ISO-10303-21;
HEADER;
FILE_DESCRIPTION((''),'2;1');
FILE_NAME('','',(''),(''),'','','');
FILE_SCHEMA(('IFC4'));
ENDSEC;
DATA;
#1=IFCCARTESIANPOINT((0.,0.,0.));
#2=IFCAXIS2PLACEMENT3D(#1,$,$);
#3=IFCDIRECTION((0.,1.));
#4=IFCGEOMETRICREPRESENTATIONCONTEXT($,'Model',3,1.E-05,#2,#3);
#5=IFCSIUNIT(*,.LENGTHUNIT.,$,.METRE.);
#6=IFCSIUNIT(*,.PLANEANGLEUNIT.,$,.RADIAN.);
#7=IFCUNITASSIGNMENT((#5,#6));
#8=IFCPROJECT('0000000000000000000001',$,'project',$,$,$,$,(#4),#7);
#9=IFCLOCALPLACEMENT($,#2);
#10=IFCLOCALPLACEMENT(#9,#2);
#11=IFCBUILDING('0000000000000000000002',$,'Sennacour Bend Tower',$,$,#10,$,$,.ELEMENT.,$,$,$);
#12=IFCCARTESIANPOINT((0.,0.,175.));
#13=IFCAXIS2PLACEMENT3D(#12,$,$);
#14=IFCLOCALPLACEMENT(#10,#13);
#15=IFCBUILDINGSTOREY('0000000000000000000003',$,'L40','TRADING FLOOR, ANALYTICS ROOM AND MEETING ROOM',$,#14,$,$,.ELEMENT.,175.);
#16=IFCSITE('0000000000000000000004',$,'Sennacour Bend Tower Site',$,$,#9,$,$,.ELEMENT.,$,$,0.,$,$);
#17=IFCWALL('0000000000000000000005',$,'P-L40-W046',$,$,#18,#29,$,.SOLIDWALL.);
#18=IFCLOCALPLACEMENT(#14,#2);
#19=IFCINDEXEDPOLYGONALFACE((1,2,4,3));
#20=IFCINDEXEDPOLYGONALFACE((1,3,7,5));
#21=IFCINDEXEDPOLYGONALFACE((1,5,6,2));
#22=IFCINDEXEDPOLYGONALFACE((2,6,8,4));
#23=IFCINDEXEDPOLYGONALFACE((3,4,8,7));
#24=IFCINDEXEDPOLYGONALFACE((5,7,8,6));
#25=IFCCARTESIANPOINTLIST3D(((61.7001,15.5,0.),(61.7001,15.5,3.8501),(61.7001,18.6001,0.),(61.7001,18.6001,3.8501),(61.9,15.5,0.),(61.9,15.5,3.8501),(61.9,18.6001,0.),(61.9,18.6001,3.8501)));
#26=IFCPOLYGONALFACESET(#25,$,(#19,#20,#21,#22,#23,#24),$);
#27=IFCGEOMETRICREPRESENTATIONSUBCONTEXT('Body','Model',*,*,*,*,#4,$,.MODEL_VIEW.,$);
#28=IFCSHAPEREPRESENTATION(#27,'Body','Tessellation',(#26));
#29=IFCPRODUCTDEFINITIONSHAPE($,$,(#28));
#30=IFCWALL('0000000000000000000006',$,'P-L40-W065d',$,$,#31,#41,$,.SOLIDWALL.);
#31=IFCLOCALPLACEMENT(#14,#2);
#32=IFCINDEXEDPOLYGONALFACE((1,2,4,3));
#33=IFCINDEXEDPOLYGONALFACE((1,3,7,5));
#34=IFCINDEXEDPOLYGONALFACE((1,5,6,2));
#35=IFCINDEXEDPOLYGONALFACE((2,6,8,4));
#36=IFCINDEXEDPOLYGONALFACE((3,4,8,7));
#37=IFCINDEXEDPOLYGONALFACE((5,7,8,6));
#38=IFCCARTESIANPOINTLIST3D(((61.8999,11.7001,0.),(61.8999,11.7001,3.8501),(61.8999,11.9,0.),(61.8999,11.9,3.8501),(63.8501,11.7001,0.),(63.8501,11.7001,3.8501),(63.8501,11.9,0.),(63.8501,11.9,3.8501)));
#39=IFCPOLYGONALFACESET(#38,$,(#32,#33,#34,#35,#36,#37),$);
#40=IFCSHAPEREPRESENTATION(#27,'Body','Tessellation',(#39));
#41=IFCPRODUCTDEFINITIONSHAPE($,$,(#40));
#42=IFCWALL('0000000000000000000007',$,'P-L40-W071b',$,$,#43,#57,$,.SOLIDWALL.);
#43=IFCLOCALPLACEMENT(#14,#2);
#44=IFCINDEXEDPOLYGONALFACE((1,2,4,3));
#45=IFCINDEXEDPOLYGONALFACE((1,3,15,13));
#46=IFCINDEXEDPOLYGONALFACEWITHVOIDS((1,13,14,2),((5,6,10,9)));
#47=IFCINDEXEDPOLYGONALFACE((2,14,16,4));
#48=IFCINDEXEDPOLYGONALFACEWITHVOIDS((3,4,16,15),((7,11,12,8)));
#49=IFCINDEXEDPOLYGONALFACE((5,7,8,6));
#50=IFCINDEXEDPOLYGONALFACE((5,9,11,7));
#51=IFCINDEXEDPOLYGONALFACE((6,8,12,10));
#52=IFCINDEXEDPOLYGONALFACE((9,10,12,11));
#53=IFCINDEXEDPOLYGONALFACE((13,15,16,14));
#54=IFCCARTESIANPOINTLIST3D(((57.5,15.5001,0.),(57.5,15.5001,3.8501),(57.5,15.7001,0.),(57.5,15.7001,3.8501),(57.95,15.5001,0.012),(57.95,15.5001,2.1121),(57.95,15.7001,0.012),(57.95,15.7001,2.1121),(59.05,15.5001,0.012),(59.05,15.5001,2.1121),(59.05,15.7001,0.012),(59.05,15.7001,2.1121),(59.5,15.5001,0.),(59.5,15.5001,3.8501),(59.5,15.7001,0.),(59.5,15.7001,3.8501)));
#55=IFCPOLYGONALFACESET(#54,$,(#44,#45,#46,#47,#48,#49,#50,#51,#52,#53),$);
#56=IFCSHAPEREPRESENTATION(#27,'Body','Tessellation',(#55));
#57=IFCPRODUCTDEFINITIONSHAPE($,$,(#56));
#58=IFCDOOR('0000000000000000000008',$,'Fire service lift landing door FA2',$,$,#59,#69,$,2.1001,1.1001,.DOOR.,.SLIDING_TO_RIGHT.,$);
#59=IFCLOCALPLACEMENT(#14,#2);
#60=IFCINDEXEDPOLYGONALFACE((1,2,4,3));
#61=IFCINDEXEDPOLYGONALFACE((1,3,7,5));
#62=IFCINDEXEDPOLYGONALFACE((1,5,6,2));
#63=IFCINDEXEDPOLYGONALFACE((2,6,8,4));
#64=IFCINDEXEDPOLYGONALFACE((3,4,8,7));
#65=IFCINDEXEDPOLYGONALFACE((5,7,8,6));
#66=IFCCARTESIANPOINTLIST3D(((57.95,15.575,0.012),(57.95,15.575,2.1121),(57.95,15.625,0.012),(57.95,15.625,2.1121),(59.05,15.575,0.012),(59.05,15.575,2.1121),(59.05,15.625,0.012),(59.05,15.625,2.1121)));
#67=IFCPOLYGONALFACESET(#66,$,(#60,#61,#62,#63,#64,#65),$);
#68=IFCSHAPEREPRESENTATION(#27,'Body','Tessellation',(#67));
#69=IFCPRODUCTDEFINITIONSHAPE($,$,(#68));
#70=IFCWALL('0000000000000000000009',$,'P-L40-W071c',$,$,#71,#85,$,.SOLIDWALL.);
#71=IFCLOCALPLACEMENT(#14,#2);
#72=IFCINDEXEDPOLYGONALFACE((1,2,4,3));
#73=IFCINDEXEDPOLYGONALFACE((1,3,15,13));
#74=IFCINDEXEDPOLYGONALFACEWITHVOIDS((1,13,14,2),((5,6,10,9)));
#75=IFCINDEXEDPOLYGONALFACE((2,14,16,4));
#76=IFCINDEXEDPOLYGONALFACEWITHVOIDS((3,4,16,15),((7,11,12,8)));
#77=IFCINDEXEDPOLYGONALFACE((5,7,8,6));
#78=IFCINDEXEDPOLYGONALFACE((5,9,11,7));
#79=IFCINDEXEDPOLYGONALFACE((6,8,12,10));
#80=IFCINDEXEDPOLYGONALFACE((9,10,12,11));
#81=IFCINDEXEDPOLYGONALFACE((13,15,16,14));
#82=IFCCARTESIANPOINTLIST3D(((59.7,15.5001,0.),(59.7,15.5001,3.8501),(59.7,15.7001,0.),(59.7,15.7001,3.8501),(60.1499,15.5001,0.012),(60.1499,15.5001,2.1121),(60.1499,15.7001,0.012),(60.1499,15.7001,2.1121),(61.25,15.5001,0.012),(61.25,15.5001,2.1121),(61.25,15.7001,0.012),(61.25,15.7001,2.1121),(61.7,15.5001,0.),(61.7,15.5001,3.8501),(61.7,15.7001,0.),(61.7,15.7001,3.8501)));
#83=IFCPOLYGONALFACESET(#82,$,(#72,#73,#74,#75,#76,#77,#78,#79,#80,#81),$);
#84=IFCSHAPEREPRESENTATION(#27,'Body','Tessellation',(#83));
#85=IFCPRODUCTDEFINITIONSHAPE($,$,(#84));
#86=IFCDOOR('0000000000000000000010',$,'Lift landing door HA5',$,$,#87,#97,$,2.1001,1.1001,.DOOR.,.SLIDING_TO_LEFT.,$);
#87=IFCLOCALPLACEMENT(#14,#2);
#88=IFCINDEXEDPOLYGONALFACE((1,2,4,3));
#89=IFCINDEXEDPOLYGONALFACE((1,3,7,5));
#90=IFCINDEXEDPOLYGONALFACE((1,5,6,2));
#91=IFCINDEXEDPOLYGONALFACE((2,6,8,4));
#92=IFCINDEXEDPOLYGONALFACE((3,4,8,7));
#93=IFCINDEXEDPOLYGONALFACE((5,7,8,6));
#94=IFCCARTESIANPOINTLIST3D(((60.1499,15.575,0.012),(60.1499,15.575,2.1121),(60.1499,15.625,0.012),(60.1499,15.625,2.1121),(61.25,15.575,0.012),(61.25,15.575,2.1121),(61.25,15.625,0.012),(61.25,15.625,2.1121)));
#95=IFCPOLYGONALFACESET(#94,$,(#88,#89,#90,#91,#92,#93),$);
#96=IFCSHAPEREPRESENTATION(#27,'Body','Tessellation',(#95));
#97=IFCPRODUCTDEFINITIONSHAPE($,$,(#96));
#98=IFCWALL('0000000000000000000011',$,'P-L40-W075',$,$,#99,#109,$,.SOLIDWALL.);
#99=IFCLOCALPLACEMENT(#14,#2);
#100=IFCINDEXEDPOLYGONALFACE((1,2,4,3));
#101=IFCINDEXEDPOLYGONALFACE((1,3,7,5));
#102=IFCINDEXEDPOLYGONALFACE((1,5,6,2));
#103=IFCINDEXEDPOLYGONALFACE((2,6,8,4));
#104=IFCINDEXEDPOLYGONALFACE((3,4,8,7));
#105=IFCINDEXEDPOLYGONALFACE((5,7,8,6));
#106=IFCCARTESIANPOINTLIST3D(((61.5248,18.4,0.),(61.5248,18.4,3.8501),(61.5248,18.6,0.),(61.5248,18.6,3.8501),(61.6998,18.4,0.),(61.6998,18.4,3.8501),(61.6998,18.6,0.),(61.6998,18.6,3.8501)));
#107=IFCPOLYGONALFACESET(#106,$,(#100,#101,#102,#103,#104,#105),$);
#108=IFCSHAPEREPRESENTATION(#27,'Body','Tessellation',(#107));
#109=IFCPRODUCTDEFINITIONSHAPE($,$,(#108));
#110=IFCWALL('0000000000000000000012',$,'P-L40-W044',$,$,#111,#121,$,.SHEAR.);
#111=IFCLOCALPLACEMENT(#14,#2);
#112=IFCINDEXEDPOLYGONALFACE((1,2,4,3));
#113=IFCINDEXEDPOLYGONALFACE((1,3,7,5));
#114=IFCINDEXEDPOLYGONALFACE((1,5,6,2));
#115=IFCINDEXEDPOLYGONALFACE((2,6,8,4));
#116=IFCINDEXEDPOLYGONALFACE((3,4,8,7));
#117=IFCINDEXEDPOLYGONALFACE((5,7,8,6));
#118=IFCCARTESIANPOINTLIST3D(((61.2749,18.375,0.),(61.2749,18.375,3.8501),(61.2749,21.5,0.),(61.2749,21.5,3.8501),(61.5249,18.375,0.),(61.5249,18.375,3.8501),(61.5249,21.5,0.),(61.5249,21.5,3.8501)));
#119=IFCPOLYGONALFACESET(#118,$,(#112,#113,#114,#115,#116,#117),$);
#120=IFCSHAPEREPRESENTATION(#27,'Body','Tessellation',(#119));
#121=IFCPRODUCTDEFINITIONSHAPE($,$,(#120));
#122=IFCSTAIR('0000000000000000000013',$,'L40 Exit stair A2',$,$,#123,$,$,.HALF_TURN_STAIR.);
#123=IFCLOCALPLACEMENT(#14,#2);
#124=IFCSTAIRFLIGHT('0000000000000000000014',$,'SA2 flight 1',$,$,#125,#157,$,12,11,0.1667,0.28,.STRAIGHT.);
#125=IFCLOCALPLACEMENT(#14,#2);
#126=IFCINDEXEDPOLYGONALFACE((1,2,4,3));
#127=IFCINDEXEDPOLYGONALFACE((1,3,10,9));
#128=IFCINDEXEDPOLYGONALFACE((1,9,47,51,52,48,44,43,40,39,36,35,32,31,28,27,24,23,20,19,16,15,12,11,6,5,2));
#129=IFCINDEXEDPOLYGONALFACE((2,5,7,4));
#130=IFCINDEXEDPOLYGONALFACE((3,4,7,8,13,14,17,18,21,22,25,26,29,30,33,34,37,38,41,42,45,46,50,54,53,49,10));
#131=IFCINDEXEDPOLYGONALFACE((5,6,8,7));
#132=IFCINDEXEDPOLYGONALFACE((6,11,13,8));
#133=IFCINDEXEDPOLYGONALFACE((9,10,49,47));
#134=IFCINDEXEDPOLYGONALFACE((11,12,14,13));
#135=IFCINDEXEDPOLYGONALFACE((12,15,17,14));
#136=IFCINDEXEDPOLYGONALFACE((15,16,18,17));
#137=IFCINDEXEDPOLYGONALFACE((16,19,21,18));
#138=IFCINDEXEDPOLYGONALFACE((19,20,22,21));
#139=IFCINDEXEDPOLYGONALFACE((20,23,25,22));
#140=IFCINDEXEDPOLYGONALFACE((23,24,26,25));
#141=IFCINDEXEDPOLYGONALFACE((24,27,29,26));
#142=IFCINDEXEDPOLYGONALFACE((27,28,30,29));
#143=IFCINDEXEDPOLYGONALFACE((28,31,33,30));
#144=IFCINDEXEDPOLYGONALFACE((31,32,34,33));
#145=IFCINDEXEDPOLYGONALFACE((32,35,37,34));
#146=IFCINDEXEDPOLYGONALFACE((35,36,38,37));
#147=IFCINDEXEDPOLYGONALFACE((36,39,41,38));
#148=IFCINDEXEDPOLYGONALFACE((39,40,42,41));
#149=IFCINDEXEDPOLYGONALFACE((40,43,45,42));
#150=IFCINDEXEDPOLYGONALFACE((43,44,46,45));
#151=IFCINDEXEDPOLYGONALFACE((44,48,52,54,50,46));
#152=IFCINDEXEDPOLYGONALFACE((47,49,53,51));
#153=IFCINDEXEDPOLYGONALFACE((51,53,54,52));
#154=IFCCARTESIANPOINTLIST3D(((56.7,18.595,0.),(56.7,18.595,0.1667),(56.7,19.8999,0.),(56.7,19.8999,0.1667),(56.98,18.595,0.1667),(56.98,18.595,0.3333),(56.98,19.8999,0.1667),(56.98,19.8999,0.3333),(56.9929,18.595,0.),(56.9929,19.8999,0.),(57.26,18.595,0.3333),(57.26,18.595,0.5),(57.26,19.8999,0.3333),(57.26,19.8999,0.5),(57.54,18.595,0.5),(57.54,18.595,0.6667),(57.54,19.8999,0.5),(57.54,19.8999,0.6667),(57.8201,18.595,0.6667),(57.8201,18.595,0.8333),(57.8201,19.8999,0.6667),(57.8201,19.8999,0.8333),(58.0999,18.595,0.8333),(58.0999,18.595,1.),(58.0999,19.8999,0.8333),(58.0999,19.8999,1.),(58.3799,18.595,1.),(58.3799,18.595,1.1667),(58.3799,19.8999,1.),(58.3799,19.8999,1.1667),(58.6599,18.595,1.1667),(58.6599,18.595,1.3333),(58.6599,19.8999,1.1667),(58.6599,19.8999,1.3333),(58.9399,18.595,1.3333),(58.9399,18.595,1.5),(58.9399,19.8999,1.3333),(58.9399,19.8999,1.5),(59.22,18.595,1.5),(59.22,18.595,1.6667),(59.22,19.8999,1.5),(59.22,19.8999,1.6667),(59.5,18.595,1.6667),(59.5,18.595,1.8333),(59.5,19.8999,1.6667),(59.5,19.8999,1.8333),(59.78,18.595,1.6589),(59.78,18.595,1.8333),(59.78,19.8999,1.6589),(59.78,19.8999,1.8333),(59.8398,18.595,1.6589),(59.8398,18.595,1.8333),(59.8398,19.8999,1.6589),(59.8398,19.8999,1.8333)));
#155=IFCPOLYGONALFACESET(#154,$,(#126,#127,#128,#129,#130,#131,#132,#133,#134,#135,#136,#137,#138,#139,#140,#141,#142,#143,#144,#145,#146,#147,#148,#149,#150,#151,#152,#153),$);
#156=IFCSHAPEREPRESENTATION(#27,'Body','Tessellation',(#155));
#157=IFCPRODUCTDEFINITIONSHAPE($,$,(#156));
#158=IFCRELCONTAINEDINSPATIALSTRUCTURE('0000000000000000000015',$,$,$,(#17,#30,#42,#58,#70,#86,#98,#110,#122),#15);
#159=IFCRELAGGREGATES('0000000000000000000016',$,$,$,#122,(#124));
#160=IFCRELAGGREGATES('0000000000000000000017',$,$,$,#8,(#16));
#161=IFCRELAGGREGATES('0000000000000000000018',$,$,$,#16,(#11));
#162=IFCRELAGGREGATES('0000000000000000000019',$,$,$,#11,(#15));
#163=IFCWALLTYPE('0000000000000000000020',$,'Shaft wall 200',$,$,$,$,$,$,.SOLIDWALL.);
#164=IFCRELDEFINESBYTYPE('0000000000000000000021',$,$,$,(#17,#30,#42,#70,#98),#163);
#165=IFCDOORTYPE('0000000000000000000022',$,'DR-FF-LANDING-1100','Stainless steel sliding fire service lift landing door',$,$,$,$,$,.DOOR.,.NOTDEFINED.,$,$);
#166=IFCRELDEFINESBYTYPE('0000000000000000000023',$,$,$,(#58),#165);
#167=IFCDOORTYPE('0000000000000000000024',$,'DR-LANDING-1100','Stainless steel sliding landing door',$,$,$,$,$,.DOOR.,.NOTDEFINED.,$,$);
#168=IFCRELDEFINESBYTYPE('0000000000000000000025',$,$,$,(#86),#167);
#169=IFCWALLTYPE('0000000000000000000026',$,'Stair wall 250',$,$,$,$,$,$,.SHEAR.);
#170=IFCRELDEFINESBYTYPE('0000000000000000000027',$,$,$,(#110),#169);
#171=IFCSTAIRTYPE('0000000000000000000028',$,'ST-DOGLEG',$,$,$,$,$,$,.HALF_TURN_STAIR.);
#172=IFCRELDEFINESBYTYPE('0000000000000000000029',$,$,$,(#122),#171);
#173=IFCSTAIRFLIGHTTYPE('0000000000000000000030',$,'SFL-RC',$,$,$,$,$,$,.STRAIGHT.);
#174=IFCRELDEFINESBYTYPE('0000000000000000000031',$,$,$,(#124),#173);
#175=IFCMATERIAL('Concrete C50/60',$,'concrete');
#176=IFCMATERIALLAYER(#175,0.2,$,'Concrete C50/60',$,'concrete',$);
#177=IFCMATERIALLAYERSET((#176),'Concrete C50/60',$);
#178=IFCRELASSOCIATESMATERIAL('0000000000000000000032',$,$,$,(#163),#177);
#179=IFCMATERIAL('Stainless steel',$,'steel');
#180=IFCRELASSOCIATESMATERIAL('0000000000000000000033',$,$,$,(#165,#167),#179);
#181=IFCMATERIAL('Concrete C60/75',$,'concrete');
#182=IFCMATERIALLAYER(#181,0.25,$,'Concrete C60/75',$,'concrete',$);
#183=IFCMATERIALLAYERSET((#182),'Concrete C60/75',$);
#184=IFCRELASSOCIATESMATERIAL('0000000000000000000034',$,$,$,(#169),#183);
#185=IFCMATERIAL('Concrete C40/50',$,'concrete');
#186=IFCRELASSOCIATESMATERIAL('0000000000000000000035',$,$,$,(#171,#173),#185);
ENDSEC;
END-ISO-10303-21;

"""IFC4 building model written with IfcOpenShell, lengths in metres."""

from ifc_helpers import new_model, si_unit, direction, frame, frame_2d, origin, place, context, subcontext, project, spatial, polyline, rectangle, outline, extrude, material, layer, layer_set, type_object, element, fill, aggregate, save


model = new_model("IFC4")

# Units and contexts
model_context = context("Model", 3, precision=1e-05, world=origin(), true_north=direction((0.0, 1.0)))
body_context = subcontext(model_context, "Body", "Model", "MODEL_VIEW")
ifc_project = project(units=[si_unit("LENGTHUNIT", "METRE"), si_unit("PLANEANGLEUNIT", "RADIAN")], contexts=[model_context])

# Site, building, storey
site_placement = place(None, origin())
site = spatial("IfcSite", under=ifc_project, at=site_placement, Name="Sennacour Bend Tower Site", CompositionType="ELEMENT", RefElevation=0.0)
building_placement = place(site_placement, origin())
building = spatial("IfcBuilding", under=site, at=building_placement, Name="Sennacour Bend Tower", CompositionType="ELEMENT")
storey_placement = place(building_placement, frame((0.0, 0.0, 175.0)))
storey = spatial("IfcBuildingStorey", under=building, at=storey_placement, Name="L40", Description="TRADING FLOOR, ANALYTICS ROOM AND MEETING ROOM", CompositionType="ELEMENT", Elevation=175.0)

# Walls
ifc_material_1 = material(Name="Concrete C50/60", Category="concrete")
ifc_layer_1 = layer(ifc_material_1, 0.2, Name="Concrete C50/60", Category="concrete")
ifc_layer_set_1 = layer_set([ifc_layer_1], Name="Concrete C50/60")
wall_type_1 = type_object("IfcWallType", Name="Shaft wall 200", PredefinedType="SOLIDWALL", material=ifc_layer_set_1)
wall_1_placement = place(storey_placement, frame((61.8, 15.5, 0.0), z_axis=(0.0, 0.0, 1.0), x_axis=(0.0, 1.0, 0.0)))
element("IfcWall", 1, at=wall_1_placement, inside=storey, type_object=wall_type_1, Name="P-L40-W046", PredefinedType="SOLIDWALL", context=body_context, shape_type="SweptSolid", body=[
    extrude(rectangle(XDim=3.1001, YDim=0.2, at=frame_2d((1.55, 0.0))), origin(), (0.0, 0.0, 1.0), 3.8501),
])
wall_2_placement = place(storey_placement, frame((61.8999, 11.8, 0.0), z_axis=(0.0, 0.0, 1.0), x_axis=(1.0, 0.0, 0.0)))
element("IfcWall", 2, at=wall_2_placement, inside=storey, type_object=wall_type_1, Name="P-L40-W065d", PredefinedType="SOLIDWALL", context=body_context, shape_type="SweptSolid", body=[
    extrude(rectangle(XDim=1.9502, YDim=0.2, at=frame_2d((0.9751, 0.0))), origin(), (0.0, 0.0, 1.0), 3.8501),
])

# Walls, openings, doors
wall_3_placement = place(storey_placement, frame((57.5, 15.6001, 0.0), z_axis=(0.0, 0.0, 1.0), x_axis=(1.0, 0.0, 0.0)))
wall_3 = element("IfcWall", 3, at=wall_3_placement, inside=storey, type_object=wall_type_1, Name="P-L40-W071b", PredefinedType="SOLIDWALL", context=body_context, shape_type="SweptSolid", body=[
    extrude(rectangle(XDim=2.0, YDim=0.2, at=frame_2d((1.0, 0.0))), origin(), (0.0, 0.0, 1.0), 3.8501),
])
opening_1_placement = place(wall_3_placement, frame((0.45, 0.0, 0.012)))
opening_1 = element("IfcOpeningElement", 4, at=opening_1_placement, cuts=wall_3, PredefinedType="OPENING", context=body_context, shape_type="SweptSolid", body=[
    extrude(rectangle(XDim=1.1001, YDim=2.1001, at=frame_2d((0.55, 1.05))), frame((0.0, 0.1099, 0.0), z_axis=(0.0, -1.0, 0.0), x_axis=(1.0, 0.0, 0.0)), (0.0, 0.0, 1.0), 0.22),
])
ifc_material_2 = material(Name="Stainless steel", Category="steel")
door_type_1 = type_object("IfcDoorType", Name="DR-FF-LANDING-1100", Description="Stainless steel sliding fire service lift landing door", OperationType="NOTDEFINED", PredefinedType="DOOR", material=ifc_material_2)
door_1_placement = place(opening_1_placement, origin())
door_1 = element("IfcDoor", 5, at=door_1_placement, inside=storey, type_object=door_type_1, Name="Fire service lift landing door FA2", OperationType="SLIDING_TO_RIGHT", OverallHeight=2.1001, OverallWidth=1.1001, PredefinedType="DOOR", context=body_context, shape_type="SweptSolid", body=[
    extrude(rectangle(XDim=1.1001, YDim=2.1001, at=frame_2d((0.55, 1.05))), frame((0.0, 0.0249, 0.0), z_axis=(0.0, -1.0, 0.0), x_axis=(1.0, 0.0, 0.0)), (0.0, 0.0, 1.0), 0.05),
])
fill(opening_1, door_1)
wall_4_placement = place(storey_placement, frame((59.7, 15.6001, 0.0), z_axis=(0.0, 0.0, 1.0), x_axis=(1.0, 0.0, 0.0)))
wall_4 = element("IfcWall", 6, at=wall_4_placement, inside=storey, type_object=wall_type_1, Name="P-L40-W071c", PredefinedType="SOLIDWALL", context=body_context, shape_type="SweptSolid", body=[
    extrude(rectangle(XDim=2.0, YDim=0.2, at=frame_2d((1.0, 0.0))), origin(), (0.0, 0.0, 1.0), 3.8501),
])
opening_2_placement = place(wall_4_placement, frame((0.45, 0.0, 0.012)))
opening_2 = element("IfcOpeningElement", 7, at=opening_2_placement, cuts=wall_4, PredefinedType="OPENING", context=body_context, shape_type="SweptSolid", body=[
    extrude(rectangle(XDim=1.1001, YDim=2.1001, at=frame_2d((0.55, 1.05))), frame((0.0, 0.1099, 0.0), z_axis=(0.0, -1.0, 0.0), x_axis=(1.0, 0.0, 0.0)), (0.0, 0.0, 1.0), 0.22),
])
door_type_2 = type_object("IfcDoorType", Name="DR-LANDING-1100", Description="Stainless steel sliding landing door", OperationType="NOTDEFINED", PredefinedType="DOOR", material=ifc_material_2)
door_2_placement = place(opening_2_placement, origin())
door_2 = element("IfcDoor", 8, at=door_2_placement, inside=storey, type_object=door_type_2, Name="Lift landing door HA5", OperationType="SLIDING_TO_LEFT", OverallHeight=2.1001, OverallWidth=1.1001, PredefinedType="DOOR", context=body_context, shape_type="SweptSolid", body=[
    extrude(rectangle(XDim=1.1001, YDim=2.1001, at=frame_2d((0.55, 1.05))), frame((0.0, 0.0249, 0.0), z_axis=(0.0, -1.0, 0.0), x_axis=(1.0, 0.0, 0.0)), (0.0, 0.0, 1.0), 0.05),
])
fill(opening_2, door_2)

# Walls
wall_5_placement = place(storey_placement, frame((61.5249, 18.5, 0.0), z_axis=(0.0, 0.0, 1.0), x_axis=(1.0, 0.0, 0.0)))
element("IfcWall", 9, at=wall_5_placement, inside=storey, type_object=wall_type_1, Name="P-L40-W075", PredefinedType="SOLIDWALL", context=body_context, shape_type="SweptSolid", body=[
    extrude(rectangle(XDim=0.175, YDim=0.2, at=frame_2d((0.0874, 0.0))), origin(), (0.0, 0.0, 1.0), 3.8501),
])
ifc_material_3 = material(Name="Concrete C60/75", Category="concrete")
ifc_layer_2 = layer(ifc_material_3, 0.25, Name="Concrete C60/75", Category="concrete")
ifc_layer_set_2 = layer_set([ifc_layer_2], Name="Concrete C60/75")
wall_type_2 = type_object("IfcWallType", Name="Stair wall 250", PredefinedType="SHEAR", material=ifc_layer_set_2)
wall_6_placement = place(storey_placement, frame((61.3999, 18.375, 0.0), z_axis=(0.0, 0.0, 1.0), x_axis=(0.0, 1.0, 0.0)))
element("IfcWall", 10, at=wall_6_placement, inside=storey, type_object=wall_type_2, Name="P-L40-W044", PredefinedType="SHEAR", context=body_context, shape_type="SweptSolid", body=[
    extrude(rectangle(XDim=3.125, YDim=0.25, at=frame_2d((1.5625, 0.0))), origin(), (0.0, 0.0, 1.0), 3.8501),
])

# Stair, stair flight
ifc_material_4 = material(Name="Concrete C40/50", Category="concrete")
stair_type = type_object("IfcStairType", Name="ST-DOGLEG", PredefinedType="HALF_TURN_STAIR", material=ifc_material_4)
stair_placement = place(storey_placement, origin())
stair = element("IfcStair", 11, at=stair_placement, inside=storey, type_object=stair_type, Name="L40 Exit stair A2", PredefinedType="HALF_TURN_STAIR")
stair_flight_type = type_object("IfcStairFlightType", Name="SFL-RC", PredefinedType="STRAIGHT", material=ifc_material_4)
stair_flight_1_placement = place(storey_placement, frame((56.7, 19.2476, 0.0), z_axis=(0.0, 0.0, 1.0), x_axis=(1.0, 0.0, 0.0)))
stair_flight_1 = element("IfcStairFlight", 12, at=stair_flight_1_placement, type_object=stair_flight_type, Name="SA2 flight 1", NumberOfRisers=12, NumberOfTreads=11, PredefinedType="STRAIGHT", RiserHeight=0.1667, TreadLength=0.28, context=body_context, shape_type="SweptSolid", body=[
    extrude(outline(polyline([(0.0, 0.0), (0.0, 0.1667), (0.28, 0.1667), (0.28, 0.3333), (0.5601, 0.3333), (0.5601, 0.5), (0.8401, 0.5), (0.8401, 0.6667), (1.1201, 0.6667), (1.1201, 0.8333), (1.3999, 0.8333), (1.3999, 1.0), (1.6799, 1.0), (1.6799, 1.1667), (1.96, 1.1667), (1.96, 1.3333), (2.24, 1.3333), (2.24, 1.5), (2.52, 1.5), (2.52, 1.6667), (2.8, 1.6667), (2.8, 1.8333), (3.0801, 1.8333), (3.1399, 1.8333), (3.1399, 1.6589), (3.0801, 1.6589), (0.293, 0.0), (0.0, 0.0)])), frame((0.0, 0.6523, 0.0), z_axis=(0.0, -1.0, 0.0), x_axis=(1.0, 0.0, 0.0)), (0.0, 0.0, 1.0), 1.3049),
])
aggregate(stair, [stair_flight_1])

save(model, "model.ifc")
